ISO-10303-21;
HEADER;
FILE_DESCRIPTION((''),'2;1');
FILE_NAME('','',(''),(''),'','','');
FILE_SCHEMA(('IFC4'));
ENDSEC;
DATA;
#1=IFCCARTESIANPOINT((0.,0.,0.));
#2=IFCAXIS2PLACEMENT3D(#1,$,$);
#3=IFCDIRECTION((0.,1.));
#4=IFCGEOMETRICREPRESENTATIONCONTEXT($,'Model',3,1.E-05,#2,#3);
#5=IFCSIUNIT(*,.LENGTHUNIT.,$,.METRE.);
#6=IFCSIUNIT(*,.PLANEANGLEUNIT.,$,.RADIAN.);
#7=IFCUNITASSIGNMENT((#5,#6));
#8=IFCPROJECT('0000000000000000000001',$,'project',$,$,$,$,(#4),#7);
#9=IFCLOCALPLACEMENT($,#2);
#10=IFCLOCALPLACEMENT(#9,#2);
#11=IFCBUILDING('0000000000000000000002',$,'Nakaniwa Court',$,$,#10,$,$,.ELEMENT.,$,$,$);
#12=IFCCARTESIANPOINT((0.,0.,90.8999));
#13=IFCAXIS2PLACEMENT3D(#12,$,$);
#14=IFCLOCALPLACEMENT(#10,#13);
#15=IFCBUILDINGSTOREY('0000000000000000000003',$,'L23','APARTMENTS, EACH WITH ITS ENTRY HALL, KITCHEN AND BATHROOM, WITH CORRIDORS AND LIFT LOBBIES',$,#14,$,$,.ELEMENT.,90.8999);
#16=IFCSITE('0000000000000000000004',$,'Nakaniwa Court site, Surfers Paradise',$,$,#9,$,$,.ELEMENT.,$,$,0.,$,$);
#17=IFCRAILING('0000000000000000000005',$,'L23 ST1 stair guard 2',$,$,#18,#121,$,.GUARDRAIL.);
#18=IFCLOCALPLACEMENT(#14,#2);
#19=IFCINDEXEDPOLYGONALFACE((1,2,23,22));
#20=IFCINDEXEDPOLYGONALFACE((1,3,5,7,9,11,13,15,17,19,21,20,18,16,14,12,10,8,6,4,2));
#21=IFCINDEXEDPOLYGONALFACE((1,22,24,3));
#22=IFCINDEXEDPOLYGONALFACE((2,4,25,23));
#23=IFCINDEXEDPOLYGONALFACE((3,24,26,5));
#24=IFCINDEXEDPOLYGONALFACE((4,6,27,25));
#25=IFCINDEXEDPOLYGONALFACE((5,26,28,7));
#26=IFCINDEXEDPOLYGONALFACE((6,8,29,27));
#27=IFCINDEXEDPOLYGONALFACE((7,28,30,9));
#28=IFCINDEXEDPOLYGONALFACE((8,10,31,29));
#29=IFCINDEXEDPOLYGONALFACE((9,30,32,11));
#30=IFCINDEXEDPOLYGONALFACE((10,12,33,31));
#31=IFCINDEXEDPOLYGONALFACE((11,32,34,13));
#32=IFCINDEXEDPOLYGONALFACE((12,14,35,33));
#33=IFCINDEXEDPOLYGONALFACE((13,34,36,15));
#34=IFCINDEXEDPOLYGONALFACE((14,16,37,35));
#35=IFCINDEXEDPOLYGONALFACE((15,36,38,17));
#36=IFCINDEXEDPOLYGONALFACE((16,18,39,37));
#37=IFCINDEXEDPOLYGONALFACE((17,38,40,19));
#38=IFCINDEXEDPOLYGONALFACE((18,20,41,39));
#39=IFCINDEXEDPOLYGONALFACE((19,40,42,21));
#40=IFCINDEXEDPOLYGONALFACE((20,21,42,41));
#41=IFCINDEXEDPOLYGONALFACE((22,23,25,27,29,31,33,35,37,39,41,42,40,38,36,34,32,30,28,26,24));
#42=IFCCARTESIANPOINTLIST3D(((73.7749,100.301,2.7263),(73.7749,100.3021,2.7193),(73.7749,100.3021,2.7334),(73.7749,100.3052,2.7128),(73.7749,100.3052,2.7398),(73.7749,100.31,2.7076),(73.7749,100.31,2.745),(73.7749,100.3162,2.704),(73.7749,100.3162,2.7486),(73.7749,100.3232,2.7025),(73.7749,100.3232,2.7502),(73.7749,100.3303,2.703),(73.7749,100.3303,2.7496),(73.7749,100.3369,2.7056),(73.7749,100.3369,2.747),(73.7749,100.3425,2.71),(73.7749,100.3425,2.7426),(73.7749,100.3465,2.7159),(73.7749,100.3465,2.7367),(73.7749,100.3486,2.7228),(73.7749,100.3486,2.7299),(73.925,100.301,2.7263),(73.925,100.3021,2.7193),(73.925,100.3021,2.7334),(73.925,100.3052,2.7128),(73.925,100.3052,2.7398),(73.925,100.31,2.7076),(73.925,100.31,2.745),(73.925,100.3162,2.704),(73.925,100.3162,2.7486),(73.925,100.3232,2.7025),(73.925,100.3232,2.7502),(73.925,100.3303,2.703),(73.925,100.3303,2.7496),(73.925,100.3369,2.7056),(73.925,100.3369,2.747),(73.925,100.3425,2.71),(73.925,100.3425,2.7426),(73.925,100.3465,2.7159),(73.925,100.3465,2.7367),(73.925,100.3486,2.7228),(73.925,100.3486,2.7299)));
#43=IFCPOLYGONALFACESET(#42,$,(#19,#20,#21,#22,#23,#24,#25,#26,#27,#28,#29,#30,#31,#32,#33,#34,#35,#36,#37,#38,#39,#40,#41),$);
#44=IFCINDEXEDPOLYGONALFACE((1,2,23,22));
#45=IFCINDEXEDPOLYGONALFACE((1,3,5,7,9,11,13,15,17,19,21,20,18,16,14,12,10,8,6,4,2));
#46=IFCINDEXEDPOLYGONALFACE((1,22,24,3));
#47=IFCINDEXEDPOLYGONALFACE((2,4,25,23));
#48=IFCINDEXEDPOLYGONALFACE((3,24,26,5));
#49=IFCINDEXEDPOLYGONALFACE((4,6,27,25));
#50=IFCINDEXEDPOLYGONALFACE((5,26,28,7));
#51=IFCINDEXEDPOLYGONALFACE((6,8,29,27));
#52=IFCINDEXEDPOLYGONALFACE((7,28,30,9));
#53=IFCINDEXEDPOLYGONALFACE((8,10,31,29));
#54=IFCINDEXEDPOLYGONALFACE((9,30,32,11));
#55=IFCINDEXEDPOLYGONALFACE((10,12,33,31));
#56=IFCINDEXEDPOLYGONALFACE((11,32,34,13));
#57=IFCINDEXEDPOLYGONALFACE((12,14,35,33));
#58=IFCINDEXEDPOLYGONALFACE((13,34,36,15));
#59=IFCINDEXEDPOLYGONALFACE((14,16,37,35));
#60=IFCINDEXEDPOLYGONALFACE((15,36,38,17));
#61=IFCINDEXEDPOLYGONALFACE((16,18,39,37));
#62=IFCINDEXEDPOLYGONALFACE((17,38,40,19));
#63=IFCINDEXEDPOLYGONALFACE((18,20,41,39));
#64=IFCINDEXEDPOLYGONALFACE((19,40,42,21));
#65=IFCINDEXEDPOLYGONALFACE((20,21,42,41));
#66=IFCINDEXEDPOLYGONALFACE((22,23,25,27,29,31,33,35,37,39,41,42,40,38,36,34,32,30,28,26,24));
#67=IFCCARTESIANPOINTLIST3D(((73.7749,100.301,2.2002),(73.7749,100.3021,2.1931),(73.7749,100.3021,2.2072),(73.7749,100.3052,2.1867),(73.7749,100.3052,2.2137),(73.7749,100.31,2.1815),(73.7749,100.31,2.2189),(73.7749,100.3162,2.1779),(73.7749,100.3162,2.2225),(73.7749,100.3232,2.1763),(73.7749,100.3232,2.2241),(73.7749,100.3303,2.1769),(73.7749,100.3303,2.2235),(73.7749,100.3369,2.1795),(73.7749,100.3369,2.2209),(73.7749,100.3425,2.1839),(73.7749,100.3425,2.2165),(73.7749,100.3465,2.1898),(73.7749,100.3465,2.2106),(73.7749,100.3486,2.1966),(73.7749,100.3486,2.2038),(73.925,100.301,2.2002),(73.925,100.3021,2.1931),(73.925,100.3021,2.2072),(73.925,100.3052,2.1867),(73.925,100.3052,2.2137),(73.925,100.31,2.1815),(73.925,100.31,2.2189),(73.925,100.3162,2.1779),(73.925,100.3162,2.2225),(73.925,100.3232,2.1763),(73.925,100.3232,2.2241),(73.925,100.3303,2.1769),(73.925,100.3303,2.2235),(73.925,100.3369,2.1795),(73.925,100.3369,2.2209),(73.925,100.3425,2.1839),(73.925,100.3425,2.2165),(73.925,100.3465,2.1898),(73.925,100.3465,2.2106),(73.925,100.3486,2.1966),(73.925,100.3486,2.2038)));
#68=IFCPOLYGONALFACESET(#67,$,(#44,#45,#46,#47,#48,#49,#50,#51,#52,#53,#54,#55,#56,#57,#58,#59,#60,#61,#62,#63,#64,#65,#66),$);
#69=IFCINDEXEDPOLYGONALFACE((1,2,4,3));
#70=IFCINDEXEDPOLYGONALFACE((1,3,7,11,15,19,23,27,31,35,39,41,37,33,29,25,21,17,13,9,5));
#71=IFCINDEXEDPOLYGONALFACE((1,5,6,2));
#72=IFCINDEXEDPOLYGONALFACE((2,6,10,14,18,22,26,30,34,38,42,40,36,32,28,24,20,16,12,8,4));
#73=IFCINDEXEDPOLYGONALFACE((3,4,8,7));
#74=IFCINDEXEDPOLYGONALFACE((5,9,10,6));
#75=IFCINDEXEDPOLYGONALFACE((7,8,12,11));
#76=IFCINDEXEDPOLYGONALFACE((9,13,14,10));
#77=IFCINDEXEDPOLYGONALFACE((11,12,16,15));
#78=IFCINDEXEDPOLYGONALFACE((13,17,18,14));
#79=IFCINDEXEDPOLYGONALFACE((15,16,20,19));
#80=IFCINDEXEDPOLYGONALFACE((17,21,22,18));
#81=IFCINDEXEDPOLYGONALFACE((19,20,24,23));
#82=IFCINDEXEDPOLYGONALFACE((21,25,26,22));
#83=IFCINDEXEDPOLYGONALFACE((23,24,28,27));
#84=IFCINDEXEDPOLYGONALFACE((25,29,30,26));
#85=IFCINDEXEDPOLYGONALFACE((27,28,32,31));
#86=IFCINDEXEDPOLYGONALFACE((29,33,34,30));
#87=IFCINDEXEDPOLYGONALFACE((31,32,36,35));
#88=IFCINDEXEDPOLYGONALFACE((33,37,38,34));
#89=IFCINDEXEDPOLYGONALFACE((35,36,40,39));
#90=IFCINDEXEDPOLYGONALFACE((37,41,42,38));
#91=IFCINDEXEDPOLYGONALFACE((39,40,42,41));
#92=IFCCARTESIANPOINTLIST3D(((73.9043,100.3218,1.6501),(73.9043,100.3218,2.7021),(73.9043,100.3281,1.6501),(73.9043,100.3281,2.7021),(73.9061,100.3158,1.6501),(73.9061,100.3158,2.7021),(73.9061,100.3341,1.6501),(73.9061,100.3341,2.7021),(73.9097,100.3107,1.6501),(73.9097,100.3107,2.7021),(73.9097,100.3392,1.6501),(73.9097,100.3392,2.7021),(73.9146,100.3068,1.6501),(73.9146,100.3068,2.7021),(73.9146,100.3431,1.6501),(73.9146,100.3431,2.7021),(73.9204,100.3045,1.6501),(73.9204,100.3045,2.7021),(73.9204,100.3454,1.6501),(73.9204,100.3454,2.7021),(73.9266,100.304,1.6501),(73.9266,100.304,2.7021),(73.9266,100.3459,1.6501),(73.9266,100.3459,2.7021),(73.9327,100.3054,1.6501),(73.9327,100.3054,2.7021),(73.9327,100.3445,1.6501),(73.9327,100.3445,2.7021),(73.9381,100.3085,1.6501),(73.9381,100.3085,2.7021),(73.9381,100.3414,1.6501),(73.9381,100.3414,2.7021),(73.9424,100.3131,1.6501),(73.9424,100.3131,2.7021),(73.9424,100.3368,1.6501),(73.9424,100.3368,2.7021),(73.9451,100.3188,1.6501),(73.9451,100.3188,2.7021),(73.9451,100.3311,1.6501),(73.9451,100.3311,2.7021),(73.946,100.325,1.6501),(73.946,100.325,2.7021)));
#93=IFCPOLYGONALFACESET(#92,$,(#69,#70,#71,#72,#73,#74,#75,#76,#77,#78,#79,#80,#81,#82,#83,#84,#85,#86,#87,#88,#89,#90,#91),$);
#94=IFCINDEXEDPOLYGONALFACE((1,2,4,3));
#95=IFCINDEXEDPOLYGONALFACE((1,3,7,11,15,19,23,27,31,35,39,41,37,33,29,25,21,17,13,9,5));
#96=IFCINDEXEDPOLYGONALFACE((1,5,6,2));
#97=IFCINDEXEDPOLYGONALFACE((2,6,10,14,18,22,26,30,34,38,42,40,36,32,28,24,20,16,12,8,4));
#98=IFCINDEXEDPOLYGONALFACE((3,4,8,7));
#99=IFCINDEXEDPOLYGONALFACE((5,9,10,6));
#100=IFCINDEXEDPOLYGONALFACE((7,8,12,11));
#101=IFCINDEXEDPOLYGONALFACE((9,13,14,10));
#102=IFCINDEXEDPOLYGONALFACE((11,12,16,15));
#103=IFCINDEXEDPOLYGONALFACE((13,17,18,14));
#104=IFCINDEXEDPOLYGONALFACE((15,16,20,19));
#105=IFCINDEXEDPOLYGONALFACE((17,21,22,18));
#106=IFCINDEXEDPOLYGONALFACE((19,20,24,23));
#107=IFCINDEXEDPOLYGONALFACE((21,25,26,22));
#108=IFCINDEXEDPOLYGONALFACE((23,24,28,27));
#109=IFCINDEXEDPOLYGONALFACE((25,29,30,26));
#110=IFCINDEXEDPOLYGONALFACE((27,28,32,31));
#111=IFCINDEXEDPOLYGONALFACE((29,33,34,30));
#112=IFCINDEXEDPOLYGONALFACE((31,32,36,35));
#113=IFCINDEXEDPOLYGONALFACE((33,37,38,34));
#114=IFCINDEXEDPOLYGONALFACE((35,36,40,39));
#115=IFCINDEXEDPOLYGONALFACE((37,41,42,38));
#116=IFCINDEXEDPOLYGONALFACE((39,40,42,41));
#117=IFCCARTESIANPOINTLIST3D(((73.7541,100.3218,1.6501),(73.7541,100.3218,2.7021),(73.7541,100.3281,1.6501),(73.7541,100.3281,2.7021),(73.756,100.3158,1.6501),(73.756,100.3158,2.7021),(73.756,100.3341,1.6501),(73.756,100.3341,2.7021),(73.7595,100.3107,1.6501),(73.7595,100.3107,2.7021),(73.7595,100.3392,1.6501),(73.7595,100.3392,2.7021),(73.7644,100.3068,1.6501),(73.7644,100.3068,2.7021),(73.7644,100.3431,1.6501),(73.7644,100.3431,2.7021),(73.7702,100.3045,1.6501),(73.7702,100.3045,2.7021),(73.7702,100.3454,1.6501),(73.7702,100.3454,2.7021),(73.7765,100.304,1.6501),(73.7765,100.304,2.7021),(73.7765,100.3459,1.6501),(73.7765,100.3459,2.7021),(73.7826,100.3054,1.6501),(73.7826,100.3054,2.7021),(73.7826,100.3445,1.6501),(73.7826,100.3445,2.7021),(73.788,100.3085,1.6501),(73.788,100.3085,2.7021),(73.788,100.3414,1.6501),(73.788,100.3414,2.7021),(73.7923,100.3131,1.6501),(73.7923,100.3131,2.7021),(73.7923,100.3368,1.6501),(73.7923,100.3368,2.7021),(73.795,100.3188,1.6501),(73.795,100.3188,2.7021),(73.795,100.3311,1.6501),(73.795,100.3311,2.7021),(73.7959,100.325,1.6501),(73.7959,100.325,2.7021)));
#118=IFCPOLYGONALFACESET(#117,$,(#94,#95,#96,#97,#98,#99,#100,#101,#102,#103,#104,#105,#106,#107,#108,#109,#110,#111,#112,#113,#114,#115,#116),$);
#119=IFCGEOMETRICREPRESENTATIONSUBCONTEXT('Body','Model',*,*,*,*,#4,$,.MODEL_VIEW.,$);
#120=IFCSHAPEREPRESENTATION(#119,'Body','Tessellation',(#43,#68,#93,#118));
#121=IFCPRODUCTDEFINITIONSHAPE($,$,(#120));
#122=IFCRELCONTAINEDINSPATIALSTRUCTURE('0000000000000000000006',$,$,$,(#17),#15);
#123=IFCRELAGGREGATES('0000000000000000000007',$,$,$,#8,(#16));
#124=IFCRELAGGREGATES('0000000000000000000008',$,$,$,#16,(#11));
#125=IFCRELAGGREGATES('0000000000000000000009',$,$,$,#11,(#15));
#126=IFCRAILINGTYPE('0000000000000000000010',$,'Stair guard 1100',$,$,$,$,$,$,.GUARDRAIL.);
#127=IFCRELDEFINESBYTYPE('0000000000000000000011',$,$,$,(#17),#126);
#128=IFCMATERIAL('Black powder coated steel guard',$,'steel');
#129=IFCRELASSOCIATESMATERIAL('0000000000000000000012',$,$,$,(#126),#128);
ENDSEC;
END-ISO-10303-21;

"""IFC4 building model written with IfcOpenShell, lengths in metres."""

from ifc_helpers import new_model, si_unit, direction, frame, origin, origin_2d, place, context, subcontext, project, spatial, circle, extrude, material, type_object, element, save


model = new_model("IFC4")

# Units and contexts
model_context = context("Model", 3, precision=1e-05, world=origin(), true_north=direction((0.0, 1.0)))
body_context = subcontext(model_context, "Body", "Model", "MODEL_VIEW")
ifc_project = project(units=[si_unit("LENGTHUNIT", "METRE"), si_unit("PLANEANGLEUNIT", "RADIAN")], contexts=[model_context])

# Site, building, storey
site_placement = place(None, origin())
site = spatial("IfcSite", under=ifc_project, at=site_placement, Name="Nakaniwa Court site, Surfers Paradise", CompositionType="ELEMENT", RefElevation=0.0)
building_placement = place(site_placement, origin())
building = spatial("IfcBuilding", under=site, at=building_placement, Name="Nakaniwa Court", CompositionType="ELEMENT")
storey_placement = place(building_placement, frame((0.0, 0.0, 90.8999)))
storey = spatial("IfcBuildingStorey", under=building, at=storey_placement, Name="L23", Description="APARTMENTS, EACH WITH ITS ENTRY HALL, KITCHEN AND BATHROOM, WITH CORRIDORS AND LIFT LOBBIES", CompositionType="ELEMENT", Elevation=90.8999)

# Railing
ifc_material_1 = material(Name="Black powder coated steel guard", Category="steel")
railing_type_1 = type_object("IfcRailingType", Name="Stair guard 1100", PredefinedType="GUARDRAIL", material=ifc_material_1)
railing_1_placement = place(storey_placement, frame((73.925, 100.325, 1.6501)))
element("IfcRailing", 1, at=railing_1_placement, inside=storey, type_object=railing_type_1, Name="L23 ST1 stair guard 2", PredefinedType="GUARDRAIL", context=body_context, shape_type="SweptSolid", body=[
    extrude(circle(Radius=0.0239, at=origin_2d()), frame((0.0, 0.0, 1.0762), z_axis=(-1.0, 0.0, 0.0), x_axis=(0.0, -1.0, 0.0)), (0.0, 0.0, 1.0), 0.1501),
    extrude(circle(Radius=0.0239, at=origin_2d()), frame((0.0, 0.0, 0.55), z_axis=(-1.0, 0.0, 0.0), x_axis=(0.0, -1.0, 0.0)), (0.0, 0.0, 1.0), 0.1501),
    extrude(circle(Radius=0.021, at=origin_2d()), origin(), (0.0, 0.0, 1.0), 1.052),
    extrude(circle(Radius=0.021, at=origin_2d()), frame((-0.1501, 0.0, 0.0)), (0.0, 0.0, 1.0), 1.052),
])

save(model, "model.ifc")
